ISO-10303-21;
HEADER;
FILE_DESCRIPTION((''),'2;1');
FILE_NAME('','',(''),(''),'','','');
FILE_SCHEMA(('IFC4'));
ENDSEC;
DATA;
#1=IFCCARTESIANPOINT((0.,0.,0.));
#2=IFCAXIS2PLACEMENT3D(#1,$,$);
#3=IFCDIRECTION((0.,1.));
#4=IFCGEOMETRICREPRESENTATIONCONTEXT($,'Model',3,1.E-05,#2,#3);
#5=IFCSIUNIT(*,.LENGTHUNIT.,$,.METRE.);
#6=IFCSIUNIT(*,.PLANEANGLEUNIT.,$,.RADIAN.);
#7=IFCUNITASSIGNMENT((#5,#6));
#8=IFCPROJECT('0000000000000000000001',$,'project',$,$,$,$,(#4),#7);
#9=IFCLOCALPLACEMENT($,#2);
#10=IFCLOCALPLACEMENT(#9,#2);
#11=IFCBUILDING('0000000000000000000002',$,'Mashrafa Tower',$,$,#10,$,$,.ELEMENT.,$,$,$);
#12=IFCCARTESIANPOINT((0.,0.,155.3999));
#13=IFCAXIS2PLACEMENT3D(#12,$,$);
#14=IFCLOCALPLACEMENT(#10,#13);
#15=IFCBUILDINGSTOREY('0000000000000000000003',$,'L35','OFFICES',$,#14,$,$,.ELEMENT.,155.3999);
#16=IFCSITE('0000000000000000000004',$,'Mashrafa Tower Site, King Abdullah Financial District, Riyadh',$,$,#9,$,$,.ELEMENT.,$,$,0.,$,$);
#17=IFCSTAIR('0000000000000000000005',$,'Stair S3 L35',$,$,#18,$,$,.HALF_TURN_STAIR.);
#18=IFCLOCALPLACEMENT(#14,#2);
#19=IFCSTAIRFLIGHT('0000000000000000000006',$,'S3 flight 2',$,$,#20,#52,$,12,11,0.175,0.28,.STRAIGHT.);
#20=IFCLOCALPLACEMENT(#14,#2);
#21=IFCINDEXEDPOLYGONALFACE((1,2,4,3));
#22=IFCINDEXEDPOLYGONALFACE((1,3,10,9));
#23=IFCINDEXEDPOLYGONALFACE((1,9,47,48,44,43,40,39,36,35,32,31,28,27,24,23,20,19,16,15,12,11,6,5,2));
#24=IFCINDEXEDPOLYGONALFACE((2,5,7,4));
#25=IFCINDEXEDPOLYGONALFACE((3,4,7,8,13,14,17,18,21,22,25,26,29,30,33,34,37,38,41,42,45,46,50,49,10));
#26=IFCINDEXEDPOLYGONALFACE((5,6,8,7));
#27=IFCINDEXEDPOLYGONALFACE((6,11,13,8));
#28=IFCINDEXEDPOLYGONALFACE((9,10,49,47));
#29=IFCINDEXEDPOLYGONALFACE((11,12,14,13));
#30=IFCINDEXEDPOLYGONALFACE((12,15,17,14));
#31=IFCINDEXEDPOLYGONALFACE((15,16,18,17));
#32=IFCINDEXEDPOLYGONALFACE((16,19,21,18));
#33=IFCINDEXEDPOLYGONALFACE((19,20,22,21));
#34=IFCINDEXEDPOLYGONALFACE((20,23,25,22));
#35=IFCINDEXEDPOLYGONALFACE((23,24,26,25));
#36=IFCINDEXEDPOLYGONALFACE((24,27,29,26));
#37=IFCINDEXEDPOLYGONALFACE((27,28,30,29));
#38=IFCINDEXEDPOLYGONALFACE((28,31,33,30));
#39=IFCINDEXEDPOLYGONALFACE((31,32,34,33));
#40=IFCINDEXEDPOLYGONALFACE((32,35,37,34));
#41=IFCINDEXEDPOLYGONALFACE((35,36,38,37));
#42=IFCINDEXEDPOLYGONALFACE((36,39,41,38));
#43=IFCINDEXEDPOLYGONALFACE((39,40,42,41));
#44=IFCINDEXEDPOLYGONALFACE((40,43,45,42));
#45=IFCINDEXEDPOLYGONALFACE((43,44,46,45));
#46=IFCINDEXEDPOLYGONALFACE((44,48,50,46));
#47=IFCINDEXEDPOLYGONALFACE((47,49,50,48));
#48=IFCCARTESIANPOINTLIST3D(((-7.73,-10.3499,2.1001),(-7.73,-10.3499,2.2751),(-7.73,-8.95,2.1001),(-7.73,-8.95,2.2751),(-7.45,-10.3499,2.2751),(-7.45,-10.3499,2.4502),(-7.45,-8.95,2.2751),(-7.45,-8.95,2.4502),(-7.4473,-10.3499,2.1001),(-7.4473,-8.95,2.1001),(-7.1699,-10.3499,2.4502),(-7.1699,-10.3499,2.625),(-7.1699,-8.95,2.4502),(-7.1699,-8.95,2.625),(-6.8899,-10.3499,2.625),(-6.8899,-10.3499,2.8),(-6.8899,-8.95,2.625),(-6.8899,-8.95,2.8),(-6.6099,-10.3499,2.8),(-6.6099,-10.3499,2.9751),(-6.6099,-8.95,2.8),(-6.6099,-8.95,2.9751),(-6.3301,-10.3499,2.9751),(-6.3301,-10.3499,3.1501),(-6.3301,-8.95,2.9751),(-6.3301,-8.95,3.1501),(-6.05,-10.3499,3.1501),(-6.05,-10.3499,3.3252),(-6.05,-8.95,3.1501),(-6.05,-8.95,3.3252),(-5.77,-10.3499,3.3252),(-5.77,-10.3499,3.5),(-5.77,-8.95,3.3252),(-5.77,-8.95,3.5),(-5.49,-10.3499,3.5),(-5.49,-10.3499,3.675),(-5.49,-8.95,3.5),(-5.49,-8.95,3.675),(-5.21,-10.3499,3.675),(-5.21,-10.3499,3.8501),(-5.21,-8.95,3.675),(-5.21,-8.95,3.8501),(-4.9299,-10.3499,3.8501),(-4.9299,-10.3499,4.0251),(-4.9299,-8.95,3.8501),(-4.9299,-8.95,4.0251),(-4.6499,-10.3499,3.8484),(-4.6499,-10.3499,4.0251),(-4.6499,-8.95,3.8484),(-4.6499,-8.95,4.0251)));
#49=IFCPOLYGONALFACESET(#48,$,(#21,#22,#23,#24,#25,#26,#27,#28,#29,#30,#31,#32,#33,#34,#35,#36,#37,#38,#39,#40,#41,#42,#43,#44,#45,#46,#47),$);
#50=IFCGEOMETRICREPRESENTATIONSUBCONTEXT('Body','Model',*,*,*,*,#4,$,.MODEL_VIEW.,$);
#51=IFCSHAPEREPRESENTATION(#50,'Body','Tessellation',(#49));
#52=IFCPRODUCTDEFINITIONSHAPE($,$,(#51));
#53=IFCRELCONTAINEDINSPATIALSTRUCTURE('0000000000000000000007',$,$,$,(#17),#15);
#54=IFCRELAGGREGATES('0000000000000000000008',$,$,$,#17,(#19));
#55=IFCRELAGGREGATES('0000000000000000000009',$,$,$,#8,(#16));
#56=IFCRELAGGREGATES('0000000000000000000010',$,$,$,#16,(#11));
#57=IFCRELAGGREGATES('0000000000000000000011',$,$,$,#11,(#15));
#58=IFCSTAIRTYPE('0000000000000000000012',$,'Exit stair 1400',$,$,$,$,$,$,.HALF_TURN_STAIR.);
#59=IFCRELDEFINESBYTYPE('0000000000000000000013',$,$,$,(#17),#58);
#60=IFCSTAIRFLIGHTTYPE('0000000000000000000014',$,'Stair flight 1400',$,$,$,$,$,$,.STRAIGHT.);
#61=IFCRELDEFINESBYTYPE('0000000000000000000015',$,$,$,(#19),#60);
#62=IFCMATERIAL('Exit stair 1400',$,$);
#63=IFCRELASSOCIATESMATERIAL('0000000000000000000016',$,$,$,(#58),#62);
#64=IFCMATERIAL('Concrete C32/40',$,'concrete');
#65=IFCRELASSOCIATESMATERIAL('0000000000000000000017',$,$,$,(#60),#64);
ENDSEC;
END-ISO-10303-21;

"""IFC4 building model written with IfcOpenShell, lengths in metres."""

from ifc_helpers import new_model, si_unit, direction, frame, origin, place, context, subcontext, project, spatial, polyline, outline, extrude, material, type_object, element, aggregate, save


model = new_model("IFC4")

# Units and contexts
model_context = context("Model", 3, precision=1e-05, world=origin(), true_north=direction((0.0, 1.0)))
body_context = subcontext(model_context, "Body", "Model", "MODEL_VIEW")
ifc_project = project(units=[si_unit("LENGTHUNIT", "METRE"), si_unit("PLANEANGLEUNIT", "RADIAN")], contexts=[model_context])

# Site, building, storey
site_placement = place(None, origin())
site = spatial("IfcSite", under=ifc_project, at=site_placement, Name="Mashrafa Tower Site, King Abdullah Financial District, Riyadh", CompositionType="ELEMENT", RefElevation=0.0)
building_placement = place(site_placement, origin())
building = spatial("IfcBuilding", under=site, at=building_placement, Name="Mashrafa Tower", CompositionType="ELEMENT")
storey_placement = place(building_placement, frame((0.0, 0.0, 155.3999)))
storey = spatial("IfcBuildingStorey", under=building, at=storey_placement, Name="L35", Description="OFFICES", CompositionType="ELEMENT", Elevation=155.3999)

# Stair, stair flight
ifc_material_1 = material(Name="Exit stair 1400")
stair_type = type_object("IfcStairType", Name="Exit stair 1400", PredefinedType="HALF_TURN_STAIR", material=ifc_material_1)
stair_placement = place(storey_placement, origin())
stair = element("IfcStair", 1, at=stair_placement, inside=storey, type_object=stair_type, Name="Stair S3 L35", PredefinedType="HALF_TURN_STAIR")
ifc_material_2 = material(Name="Concrete C32/40", Category="concrete")
stair_flight_type = type_object("IfcStairFlightType", Name="Stair flight 1400", PredefinedType="STRAIGHT", material=ifc_material_2)
stair_flight_placement = place(storey_placement, frame((-7.73, -9.6499, 2.1001), z_axis=(0.0, 0.0, 1.0), x_axis=(1.0, 0.0, 0.0)))
stair_flight = element("IfcStairFlight", 2, at=stair_flight_placement, type_object=stair_flight_type, Name="S3 flight 2", NumberOfRisers=12, NumberOfTreads=11, PredefinedType="STRAIGHT", RiserHeight=0.175, TreadLength=0.28, context=body_context, shape_type="SweptSolid", body=[
    extrude(outline(polyline([(0.0, 0.0), (0.0, 0.175), (0.28, 0.175), (0.28, 0.3501), (0.5601, 0.3501), (0.5601, 0.5249), (0.8401, 0.5249), (0.8401, 0.7), (1.1201, 0.7), (1.1201, 0.875), (1.3999, 0.875), (1.3999, 1.05), (1.6799, 1.05), (1.6799, 1.2251), (1.96, 1.2251), (1.96, 1.3999), (2.24, 1.3999), (2.24, 1.575), (2.52, 1.575), (2.52, 1.75), (2.8, 1.75), (2.8, 1.925), (3.0801, 1.925), (3.0801, 2.1001), (3.0801, 1.7483), (0.2827, 0.0), (0.0, 0.0)])), frame((0.0, 0.7, 0.0), z_axis=(0.0, -1.0, 0.0), x_axis=(1.0, 0.0, 0.0)), (0.0, 0.0, 1.0), 1.3999),
])
aggregate(stair, [stair_flight])

save(model, "model.ifc")
